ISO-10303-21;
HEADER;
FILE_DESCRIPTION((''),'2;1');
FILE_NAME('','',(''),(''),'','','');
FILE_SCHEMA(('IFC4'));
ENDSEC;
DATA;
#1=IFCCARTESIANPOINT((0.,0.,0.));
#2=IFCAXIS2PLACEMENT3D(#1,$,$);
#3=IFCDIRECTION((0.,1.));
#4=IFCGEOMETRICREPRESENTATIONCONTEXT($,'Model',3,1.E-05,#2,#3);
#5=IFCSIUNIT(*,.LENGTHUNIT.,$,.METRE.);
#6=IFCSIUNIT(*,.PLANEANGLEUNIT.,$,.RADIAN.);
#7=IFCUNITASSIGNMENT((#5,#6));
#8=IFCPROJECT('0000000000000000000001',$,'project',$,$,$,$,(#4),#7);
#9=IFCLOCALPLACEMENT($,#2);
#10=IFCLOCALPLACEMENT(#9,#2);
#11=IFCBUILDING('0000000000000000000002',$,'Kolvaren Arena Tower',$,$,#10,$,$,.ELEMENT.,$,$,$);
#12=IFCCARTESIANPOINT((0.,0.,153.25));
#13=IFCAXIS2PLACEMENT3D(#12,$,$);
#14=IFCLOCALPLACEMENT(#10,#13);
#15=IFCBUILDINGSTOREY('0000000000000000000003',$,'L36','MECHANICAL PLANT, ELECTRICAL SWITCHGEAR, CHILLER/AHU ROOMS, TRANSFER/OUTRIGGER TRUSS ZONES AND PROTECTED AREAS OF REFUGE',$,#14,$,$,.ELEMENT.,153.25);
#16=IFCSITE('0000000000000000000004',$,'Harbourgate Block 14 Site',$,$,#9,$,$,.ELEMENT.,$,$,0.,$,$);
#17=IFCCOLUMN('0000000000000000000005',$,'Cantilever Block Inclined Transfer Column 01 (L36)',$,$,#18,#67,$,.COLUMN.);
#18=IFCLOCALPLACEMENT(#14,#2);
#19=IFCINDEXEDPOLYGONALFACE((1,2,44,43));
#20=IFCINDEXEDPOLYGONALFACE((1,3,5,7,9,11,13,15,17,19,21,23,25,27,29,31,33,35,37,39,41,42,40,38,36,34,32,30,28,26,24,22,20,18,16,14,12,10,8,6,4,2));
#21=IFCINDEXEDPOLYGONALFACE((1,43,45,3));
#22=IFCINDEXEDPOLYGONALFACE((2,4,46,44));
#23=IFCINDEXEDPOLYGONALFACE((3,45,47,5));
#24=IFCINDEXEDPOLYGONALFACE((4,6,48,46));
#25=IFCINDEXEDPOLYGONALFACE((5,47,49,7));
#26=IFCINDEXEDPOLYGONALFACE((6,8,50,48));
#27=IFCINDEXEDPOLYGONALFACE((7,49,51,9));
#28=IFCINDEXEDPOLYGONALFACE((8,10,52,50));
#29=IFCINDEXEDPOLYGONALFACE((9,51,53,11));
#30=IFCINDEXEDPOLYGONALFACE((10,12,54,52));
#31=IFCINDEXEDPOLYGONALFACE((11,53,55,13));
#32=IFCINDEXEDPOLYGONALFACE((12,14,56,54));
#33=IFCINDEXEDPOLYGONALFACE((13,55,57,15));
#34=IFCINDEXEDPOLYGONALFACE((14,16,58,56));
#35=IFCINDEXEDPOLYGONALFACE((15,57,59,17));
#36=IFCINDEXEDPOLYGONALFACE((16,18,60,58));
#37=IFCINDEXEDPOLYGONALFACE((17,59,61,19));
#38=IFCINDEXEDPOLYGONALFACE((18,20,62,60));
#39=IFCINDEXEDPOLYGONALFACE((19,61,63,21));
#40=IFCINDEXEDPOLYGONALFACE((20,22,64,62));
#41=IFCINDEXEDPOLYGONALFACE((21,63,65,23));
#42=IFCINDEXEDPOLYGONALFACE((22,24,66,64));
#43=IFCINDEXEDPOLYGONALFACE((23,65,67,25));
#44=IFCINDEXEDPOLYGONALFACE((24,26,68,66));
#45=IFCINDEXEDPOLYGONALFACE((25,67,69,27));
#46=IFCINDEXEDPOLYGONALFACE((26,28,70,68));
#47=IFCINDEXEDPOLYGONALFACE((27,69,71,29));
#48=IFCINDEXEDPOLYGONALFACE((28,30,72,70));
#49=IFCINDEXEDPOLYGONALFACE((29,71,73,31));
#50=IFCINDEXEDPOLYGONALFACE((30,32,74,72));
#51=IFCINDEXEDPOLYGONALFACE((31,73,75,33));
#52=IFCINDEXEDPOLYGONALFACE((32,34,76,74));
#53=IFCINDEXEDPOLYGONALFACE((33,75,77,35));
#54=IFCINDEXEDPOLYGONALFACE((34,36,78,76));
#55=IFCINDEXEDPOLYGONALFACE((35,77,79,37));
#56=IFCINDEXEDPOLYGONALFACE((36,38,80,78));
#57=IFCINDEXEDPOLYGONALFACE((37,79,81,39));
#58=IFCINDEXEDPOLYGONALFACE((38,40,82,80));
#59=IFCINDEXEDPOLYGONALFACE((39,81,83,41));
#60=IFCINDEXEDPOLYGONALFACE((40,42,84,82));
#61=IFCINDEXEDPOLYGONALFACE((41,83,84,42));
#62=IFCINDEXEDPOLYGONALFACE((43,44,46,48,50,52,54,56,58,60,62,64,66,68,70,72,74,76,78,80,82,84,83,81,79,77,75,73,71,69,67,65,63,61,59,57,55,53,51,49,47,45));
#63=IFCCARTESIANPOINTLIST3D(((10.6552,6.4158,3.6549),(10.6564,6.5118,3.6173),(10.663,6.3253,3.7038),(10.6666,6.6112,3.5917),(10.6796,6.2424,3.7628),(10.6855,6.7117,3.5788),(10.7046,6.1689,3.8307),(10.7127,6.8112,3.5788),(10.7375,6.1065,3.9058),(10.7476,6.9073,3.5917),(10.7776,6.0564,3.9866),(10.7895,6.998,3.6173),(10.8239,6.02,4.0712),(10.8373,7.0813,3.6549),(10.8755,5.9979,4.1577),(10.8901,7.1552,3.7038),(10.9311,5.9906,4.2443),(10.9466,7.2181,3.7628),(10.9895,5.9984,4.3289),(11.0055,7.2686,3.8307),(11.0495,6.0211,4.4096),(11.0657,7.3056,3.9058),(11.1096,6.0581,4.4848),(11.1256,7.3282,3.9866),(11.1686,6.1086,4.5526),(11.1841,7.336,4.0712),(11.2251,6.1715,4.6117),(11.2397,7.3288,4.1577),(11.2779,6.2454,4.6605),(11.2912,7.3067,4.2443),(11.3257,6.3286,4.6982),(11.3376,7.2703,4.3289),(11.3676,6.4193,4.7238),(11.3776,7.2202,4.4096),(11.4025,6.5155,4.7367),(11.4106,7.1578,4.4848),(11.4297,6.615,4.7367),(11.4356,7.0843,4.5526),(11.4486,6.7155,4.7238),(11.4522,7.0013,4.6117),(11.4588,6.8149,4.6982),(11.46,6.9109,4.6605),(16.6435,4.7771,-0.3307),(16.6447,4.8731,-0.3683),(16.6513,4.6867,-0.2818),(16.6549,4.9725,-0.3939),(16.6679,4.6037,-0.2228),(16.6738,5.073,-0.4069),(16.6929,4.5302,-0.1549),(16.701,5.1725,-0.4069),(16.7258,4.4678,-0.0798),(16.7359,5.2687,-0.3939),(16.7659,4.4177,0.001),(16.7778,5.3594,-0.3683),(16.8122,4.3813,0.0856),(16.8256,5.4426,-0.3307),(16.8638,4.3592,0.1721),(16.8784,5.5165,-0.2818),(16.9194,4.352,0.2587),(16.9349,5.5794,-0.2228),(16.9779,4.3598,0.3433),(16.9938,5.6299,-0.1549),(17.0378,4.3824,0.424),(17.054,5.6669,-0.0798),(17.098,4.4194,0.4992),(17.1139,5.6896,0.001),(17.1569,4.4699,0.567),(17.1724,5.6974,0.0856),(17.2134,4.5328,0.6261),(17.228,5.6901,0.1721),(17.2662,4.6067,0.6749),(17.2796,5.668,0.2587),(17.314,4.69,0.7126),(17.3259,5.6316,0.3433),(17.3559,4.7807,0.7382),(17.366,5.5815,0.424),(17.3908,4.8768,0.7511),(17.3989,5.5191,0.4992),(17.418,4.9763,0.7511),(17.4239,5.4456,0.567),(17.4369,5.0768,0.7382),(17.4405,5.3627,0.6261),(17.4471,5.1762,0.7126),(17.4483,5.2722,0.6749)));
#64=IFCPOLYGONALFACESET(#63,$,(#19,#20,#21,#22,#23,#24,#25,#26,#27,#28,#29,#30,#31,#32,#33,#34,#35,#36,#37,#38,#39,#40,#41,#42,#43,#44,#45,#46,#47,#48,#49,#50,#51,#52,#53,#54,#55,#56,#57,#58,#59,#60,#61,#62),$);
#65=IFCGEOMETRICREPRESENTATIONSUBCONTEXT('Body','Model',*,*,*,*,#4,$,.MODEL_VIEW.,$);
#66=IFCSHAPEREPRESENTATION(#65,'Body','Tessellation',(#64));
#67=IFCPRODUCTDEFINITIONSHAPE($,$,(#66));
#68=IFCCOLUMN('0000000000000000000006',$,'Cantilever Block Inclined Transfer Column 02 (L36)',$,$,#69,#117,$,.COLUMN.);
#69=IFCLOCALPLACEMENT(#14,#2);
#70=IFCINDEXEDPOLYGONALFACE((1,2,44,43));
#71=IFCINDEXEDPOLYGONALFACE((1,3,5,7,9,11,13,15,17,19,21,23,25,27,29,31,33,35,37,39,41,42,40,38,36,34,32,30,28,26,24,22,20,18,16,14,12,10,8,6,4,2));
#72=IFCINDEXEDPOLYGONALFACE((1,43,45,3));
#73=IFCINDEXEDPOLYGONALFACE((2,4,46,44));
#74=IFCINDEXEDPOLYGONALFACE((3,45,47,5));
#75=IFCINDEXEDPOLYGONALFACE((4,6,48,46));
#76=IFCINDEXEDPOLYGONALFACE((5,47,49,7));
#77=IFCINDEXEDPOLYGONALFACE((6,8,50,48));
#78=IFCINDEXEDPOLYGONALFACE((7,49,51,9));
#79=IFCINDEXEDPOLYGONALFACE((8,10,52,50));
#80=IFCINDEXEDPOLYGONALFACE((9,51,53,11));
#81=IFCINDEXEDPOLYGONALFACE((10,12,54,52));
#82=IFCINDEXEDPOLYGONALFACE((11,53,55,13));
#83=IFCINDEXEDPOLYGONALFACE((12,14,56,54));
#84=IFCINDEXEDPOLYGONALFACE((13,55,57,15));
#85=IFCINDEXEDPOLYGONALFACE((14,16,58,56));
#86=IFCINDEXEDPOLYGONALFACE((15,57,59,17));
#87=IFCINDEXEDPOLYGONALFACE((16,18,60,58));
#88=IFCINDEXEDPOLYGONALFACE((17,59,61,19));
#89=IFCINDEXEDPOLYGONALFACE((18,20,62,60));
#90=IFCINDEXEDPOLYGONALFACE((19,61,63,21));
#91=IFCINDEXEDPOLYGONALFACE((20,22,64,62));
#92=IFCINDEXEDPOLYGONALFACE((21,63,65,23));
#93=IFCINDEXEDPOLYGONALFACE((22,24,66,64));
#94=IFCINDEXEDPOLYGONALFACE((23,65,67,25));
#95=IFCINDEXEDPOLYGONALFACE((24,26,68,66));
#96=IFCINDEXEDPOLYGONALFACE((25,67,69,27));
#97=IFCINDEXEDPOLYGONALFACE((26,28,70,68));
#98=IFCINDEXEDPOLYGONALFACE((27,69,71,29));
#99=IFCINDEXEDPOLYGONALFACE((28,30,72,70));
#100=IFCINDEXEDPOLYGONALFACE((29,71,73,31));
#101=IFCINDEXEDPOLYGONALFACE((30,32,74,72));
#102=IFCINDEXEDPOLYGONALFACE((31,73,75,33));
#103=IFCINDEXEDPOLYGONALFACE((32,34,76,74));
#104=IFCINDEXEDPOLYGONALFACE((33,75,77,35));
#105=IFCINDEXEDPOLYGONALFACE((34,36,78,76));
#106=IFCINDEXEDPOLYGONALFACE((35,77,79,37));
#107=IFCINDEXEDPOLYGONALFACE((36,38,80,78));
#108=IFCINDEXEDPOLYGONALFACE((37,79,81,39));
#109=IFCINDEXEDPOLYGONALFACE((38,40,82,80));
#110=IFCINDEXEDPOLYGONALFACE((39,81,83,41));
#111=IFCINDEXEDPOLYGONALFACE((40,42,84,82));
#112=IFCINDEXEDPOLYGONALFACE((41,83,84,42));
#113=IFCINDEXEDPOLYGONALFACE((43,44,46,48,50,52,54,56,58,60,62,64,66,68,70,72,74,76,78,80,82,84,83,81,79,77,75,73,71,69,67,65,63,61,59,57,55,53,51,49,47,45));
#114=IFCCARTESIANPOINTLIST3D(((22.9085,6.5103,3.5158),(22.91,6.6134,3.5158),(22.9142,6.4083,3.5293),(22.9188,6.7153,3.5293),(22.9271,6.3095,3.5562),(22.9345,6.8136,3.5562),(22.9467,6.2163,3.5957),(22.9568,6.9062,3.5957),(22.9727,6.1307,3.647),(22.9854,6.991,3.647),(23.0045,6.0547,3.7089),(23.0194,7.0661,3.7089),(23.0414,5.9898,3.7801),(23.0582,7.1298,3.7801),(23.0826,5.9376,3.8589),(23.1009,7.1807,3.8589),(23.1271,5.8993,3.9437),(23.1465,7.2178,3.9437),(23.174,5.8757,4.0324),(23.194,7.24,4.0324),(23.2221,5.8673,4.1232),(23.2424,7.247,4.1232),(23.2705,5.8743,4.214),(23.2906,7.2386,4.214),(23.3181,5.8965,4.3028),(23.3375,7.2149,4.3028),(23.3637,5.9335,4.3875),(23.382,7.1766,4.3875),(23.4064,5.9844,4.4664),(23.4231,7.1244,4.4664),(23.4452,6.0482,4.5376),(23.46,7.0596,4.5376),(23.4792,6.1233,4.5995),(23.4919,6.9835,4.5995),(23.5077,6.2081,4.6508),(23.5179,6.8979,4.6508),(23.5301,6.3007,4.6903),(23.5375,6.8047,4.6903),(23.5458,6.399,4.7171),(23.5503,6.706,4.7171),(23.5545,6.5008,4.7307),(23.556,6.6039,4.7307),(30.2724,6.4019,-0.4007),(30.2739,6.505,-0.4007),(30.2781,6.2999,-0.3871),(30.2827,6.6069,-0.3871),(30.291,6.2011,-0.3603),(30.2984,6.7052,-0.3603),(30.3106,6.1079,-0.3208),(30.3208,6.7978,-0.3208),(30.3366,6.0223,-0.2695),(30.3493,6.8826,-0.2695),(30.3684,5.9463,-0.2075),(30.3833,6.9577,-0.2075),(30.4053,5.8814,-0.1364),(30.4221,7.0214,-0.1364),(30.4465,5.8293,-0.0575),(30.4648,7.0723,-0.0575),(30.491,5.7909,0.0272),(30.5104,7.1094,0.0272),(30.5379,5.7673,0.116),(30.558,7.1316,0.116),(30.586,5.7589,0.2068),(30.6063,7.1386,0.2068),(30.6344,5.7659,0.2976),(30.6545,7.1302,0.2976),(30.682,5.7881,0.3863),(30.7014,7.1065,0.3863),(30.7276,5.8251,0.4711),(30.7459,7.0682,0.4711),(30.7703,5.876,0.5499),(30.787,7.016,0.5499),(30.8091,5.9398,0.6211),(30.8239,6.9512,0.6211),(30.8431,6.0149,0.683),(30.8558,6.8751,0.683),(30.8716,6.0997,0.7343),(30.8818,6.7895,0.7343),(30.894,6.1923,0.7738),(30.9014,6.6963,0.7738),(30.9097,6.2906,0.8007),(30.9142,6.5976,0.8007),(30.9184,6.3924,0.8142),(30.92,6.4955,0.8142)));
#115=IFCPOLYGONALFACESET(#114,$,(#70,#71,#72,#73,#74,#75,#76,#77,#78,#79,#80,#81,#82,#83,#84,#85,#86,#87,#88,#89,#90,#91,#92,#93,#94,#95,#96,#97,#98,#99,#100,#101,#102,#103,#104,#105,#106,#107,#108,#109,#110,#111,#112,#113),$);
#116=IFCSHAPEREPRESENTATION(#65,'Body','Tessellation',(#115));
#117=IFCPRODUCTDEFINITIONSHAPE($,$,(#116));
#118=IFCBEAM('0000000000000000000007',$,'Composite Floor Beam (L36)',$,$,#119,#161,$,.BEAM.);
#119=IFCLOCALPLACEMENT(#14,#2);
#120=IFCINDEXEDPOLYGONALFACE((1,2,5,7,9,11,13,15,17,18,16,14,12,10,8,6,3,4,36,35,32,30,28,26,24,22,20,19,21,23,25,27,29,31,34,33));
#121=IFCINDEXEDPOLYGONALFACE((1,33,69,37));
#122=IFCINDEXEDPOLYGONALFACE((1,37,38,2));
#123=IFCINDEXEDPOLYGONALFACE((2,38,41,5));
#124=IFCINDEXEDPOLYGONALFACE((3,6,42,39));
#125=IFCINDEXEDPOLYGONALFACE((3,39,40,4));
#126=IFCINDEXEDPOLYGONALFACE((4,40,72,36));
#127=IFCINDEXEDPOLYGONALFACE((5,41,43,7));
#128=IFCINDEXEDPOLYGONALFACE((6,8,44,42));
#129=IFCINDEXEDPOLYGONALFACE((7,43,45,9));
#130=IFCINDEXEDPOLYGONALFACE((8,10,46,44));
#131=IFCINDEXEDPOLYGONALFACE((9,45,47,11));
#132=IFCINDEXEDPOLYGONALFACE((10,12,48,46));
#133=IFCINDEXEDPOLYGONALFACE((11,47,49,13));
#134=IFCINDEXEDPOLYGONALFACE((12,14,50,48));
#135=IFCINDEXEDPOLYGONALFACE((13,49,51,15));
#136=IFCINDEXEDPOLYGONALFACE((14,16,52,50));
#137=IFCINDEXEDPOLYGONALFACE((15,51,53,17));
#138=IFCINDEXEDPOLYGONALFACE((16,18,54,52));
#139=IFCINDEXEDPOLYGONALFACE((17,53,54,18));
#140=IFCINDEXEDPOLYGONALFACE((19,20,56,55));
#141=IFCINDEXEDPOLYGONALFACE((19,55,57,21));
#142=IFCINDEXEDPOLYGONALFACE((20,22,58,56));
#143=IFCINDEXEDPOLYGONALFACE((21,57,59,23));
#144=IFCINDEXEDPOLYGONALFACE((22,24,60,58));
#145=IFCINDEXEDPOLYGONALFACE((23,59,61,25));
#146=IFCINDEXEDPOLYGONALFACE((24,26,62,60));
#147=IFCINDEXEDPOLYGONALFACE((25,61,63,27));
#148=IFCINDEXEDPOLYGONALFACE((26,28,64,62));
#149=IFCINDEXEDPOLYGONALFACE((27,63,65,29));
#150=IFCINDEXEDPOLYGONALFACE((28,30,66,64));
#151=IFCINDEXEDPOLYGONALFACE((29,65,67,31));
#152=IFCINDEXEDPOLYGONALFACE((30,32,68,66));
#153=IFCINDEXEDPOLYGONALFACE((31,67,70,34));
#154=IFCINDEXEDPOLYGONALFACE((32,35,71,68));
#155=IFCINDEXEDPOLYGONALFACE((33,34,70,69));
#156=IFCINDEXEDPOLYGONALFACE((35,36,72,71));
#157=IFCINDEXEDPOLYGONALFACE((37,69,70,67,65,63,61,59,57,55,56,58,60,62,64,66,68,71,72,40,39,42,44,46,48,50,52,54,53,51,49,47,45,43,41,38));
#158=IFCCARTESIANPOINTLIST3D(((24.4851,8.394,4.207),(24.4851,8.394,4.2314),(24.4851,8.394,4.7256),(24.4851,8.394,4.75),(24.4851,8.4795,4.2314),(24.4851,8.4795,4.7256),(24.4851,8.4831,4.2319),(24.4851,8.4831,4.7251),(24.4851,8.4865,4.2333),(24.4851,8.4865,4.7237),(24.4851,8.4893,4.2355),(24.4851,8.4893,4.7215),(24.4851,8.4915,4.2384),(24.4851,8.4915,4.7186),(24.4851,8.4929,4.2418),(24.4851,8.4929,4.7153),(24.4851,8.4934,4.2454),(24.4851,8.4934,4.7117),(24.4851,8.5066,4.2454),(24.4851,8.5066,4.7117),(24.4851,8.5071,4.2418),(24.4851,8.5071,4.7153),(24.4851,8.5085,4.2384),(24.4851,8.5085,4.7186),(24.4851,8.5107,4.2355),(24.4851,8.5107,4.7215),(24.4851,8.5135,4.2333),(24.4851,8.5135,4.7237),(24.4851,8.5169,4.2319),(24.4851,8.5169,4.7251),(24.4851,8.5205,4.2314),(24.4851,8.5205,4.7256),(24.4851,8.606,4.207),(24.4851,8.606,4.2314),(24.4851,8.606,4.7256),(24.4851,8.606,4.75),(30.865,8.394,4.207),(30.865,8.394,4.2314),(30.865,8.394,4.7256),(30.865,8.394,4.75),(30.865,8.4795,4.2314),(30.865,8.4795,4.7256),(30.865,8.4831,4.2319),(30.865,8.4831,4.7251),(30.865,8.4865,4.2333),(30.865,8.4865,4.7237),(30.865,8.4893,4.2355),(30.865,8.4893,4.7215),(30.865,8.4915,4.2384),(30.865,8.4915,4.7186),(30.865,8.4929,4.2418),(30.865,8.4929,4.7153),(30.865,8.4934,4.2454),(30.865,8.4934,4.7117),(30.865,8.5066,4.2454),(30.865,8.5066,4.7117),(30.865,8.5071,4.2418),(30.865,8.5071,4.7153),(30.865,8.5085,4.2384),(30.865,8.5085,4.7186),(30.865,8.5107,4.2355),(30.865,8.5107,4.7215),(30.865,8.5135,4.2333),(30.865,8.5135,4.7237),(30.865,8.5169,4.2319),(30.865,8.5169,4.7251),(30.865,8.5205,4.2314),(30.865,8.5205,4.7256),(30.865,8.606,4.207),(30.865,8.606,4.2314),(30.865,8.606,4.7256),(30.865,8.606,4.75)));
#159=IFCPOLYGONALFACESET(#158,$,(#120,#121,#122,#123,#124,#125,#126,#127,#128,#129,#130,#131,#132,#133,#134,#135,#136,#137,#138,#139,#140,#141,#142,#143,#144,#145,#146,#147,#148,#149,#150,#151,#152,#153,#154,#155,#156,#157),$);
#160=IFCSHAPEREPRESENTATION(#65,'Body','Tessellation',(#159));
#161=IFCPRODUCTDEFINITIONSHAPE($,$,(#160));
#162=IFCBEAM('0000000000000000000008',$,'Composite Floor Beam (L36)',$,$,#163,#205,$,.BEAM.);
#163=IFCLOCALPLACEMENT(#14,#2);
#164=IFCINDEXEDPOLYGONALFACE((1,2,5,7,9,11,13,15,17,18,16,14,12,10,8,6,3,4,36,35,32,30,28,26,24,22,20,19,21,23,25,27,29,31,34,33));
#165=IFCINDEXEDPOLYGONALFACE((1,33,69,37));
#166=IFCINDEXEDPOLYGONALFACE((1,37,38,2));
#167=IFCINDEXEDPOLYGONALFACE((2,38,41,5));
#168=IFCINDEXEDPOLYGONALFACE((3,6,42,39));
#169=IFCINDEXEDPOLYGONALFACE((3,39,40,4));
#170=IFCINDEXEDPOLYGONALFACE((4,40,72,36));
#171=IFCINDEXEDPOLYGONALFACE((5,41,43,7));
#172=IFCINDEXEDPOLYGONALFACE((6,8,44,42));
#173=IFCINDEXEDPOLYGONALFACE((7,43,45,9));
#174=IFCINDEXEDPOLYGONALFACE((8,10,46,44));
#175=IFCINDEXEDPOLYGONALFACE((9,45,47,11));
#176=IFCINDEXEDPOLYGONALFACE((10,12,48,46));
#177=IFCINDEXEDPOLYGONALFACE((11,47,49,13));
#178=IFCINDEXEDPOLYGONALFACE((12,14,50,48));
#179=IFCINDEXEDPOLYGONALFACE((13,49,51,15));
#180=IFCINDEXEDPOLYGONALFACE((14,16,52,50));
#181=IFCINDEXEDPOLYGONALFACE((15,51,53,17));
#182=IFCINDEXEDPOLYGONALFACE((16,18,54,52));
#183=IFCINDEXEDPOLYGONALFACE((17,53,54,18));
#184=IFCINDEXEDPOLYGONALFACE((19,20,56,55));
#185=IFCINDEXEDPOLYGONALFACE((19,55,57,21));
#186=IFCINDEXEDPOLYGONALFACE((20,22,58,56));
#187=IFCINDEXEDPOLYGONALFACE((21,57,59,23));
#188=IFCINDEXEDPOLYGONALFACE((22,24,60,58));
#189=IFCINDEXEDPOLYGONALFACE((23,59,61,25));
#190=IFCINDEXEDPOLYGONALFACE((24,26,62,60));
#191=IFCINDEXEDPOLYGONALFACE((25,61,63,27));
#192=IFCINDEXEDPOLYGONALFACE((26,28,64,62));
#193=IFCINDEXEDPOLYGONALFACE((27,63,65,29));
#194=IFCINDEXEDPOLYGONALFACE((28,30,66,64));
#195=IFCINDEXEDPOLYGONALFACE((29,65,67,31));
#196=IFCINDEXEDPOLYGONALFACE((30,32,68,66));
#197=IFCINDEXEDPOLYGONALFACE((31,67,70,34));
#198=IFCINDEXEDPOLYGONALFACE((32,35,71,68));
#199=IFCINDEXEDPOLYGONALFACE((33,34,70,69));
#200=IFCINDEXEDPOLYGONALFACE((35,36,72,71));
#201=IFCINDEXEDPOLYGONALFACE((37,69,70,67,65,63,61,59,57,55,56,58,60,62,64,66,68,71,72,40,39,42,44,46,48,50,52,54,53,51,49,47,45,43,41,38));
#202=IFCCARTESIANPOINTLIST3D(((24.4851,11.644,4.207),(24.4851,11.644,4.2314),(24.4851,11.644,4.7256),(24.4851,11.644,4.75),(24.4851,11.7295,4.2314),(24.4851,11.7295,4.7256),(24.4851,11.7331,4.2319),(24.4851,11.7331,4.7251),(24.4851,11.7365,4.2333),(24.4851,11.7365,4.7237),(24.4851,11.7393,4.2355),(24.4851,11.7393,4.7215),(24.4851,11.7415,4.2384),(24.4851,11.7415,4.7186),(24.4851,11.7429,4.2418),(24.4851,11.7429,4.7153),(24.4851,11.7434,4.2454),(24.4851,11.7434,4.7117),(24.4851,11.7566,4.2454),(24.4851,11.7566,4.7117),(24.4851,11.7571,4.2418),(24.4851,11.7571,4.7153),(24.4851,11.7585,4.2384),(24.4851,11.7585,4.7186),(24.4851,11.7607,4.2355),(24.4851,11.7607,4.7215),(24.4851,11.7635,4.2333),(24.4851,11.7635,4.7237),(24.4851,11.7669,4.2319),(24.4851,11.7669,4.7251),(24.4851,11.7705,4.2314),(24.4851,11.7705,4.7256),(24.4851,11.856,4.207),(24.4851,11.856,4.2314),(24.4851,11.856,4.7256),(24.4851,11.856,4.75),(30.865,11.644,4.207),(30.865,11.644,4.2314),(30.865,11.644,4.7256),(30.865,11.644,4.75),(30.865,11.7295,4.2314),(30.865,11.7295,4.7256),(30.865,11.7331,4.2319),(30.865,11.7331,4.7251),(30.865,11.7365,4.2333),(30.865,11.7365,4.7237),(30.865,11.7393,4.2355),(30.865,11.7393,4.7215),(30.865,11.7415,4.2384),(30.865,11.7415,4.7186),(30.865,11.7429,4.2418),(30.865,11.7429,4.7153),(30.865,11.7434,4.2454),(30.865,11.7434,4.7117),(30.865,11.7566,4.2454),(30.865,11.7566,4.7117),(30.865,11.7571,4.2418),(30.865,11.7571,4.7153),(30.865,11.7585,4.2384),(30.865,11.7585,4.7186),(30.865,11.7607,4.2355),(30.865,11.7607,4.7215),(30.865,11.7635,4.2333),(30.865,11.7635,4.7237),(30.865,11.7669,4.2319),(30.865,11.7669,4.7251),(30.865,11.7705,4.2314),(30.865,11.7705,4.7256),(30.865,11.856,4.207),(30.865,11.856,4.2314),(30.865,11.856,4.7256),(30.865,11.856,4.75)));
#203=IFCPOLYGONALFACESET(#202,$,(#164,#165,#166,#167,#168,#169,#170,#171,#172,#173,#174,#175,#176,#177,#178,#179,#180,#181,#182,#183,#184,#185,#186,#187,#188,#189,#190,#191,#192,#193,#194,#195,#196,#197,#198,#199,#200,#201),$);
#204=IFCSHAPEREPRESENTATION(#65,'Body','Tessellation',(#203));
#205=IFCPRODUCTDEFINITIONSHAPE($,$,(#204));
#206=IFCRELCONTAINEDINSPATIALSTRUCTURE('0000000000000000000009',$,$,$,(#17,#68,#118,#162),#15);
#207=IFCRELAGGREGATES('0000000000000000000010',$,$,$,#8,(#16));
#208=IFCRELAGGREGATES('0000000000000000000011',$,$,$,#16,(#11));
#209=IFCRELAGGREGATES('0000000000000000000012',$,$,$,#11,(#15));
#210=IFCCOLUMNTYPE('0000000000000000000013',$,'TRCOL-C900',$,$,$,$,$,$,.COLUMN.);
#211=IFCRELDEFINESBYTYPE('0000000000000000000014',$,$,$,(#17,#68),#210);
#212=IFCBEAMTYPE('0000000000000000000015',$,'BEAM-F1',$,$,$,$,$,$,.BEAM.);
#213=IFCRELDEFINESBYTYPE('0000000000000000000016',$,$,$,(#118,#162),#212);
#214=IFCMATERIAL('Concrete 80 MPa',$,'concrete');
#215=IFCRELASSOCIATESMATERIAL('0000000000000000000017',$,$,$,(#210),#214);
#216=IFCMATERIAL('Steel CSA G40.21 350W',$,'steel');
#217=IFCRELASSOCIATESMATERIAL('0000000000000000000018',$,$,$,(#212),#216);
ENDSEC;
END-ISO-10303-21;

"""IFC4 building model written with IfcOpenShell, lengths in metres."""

from ifc_helpers import new_model, si_unit, direction, frame, origin, origin_2d, place, context, subcontext, project, spatial, circle, i_section, extrude, material, material_profile, profile_set, type_object, element, save


model = new_model("IFC4")

# Units and contexts
model_context = context("Model", 3, precision=1e-05, world=origin(), true_north=direction((0.0, 1.0)))
body_context = subcontext(model_context, "Body", "Model", "MODEL_VIEW")
ifc_project = project(units=[si_unit("LENGTHUNIT", "METRE"), si_unit("PLANEANGLEUNIT", "RADIAN")], contexts=[model_context])

# Site, building, storey
site_placement = place(None, origin())
site = spatial("IfcSite", under=ifc_project, at=site_placement, Name="Harbourgate Block 14 Site", CompositionType="ELEMENT", RefElevation=0.0)
building_placement = place(site_placement, origin())
building = spatial("IfcBuilding", under=site, at=building_placement, Name="Kolvaren Arena Tower", CompositionType="ELEMENT")
storey_placement = place(building_placement, frame((0.0, 0.0, 153.25)))
storey = spatial("IfcBuildingStorey", under=building, at=storey_placement, Name="L36", Description="MECHANICAL PLANT, ELECTRICAL SWITCHGEAR, CHILLER/AHU ROOMS, TRANSFER/OUTRIGGER TRUSS ZONES AND PROTECTED AREAS OF REFUGE", CompositionType="ELEMENT", Elevation=153.25)

# Columns
ifc_material_1 = material(Name="Concrete 80 MPa", Category="concrete")
ifc_material_profile_1 = material_profile(ifc_material_1, circle(Radius=0.6899, at=origin_2d()), Name="RC-CIRC-1380")
ifc_profile_set_1 = profile_set([ifc_material_profile_1], Name="Concrete 80 MPa")
column_type = type_object("IfcColumnType", Name="TRCOL-C900", PredefinedType="COLUMN", material=ifc_profile_set_1)
column_1_placement = place(storey_placement, frame((17.0459, 5.0247, 0.1721), z_axis=(-0.811679, 0.222113, 0.540226), x_axis=(-0.263943, -0.964538, 0.0)))
element("IfcColumn", 1, at=column_1_placement, inside=storey, type_object=column_type, Name="Cantilever Block Inclined Transfer Column 01 (L36)", PredefinedType="COLUMN", context=body_context, shape_type="SweptSolid", body=[
    extrude(circle(Radius=0.6899, at=origin_2d()), origin(), (0.0, 0.0, 1.0), 7.3777),
])
column_2_placement = place(storey_placement, frame((30.5962, 6.4487, 0.2068), z_axis=(-0.882824, 0.012995, 0.469524), x_axis=(-0.014718, -0.999892, 0.0)))
element("IfcColumn", 2, at=column_2_placement, inside=storey, type_object=column_type, Name="Cantilever Block Inclined Transfer Column 02 (L36)", PredefinedType="COLUMN", context=body_context, shape_type="SweptSolid", body=[
    extrude(circle(Radius=0.6899, at=origin_2d()), origin(), (0.0, 0.0, 1.0), 8.3413),
])

# Beams
ifc_material_2 = material(Name="Steel CSA G40.21 350W", Category="steel")
ifc_material_profile_2 = material_profile(ifc_material_2, i_section(OverallWidth=0.2119, OverallDepth=0.543, WebThickness=0.0132, FlangeThickness=0.0244, FilletRadius=0.0139, at=origin_2d()), Name="W530x150")
ifc_profile_set_2 = profile_set([ifc_material_profile_2], Name="Steel CSA G40.21 350W")
beam_type_1 = type_object("IfcBeamType", Name="BEAM-F1", PredefinedType="BEAM", material=ifc_profile_set_2)
for number, where, z_axis, x_axis, name in (
    (3, (24.4851, 8.5, 4.4785), (1.0, 0.0, 0.0), (0.0, 1.0, 0.0), "Composite Floor Beam (L36)"),
    (4, (24.4851, 11.75, 4.4785), (1.0, 0.0, 0.0), (0.0, 1.0, 0.0), "Composite Floor Beam (L36)"),
):
    element("IfcBeam", number, at=place(storey_placement, frame(where, z_axis=z_axis, x_axis=x_axis)), inside=storey, type_object=beam_type_1, Name=name, PredefinedType="BEAM", context=body_context, shape_type="SweptSolid", body=[
        extrude(i_section(OverallWidth=0.2119, OverallDepth=0.543, WebThickness=0.0132, FlangeThickness=0.0244, FilletRadius=0.0139, at=origin_2d()), origin(), (0.0, 0.0, 1.0), 6.3799),
    ])

save(model, "model.ifc")
